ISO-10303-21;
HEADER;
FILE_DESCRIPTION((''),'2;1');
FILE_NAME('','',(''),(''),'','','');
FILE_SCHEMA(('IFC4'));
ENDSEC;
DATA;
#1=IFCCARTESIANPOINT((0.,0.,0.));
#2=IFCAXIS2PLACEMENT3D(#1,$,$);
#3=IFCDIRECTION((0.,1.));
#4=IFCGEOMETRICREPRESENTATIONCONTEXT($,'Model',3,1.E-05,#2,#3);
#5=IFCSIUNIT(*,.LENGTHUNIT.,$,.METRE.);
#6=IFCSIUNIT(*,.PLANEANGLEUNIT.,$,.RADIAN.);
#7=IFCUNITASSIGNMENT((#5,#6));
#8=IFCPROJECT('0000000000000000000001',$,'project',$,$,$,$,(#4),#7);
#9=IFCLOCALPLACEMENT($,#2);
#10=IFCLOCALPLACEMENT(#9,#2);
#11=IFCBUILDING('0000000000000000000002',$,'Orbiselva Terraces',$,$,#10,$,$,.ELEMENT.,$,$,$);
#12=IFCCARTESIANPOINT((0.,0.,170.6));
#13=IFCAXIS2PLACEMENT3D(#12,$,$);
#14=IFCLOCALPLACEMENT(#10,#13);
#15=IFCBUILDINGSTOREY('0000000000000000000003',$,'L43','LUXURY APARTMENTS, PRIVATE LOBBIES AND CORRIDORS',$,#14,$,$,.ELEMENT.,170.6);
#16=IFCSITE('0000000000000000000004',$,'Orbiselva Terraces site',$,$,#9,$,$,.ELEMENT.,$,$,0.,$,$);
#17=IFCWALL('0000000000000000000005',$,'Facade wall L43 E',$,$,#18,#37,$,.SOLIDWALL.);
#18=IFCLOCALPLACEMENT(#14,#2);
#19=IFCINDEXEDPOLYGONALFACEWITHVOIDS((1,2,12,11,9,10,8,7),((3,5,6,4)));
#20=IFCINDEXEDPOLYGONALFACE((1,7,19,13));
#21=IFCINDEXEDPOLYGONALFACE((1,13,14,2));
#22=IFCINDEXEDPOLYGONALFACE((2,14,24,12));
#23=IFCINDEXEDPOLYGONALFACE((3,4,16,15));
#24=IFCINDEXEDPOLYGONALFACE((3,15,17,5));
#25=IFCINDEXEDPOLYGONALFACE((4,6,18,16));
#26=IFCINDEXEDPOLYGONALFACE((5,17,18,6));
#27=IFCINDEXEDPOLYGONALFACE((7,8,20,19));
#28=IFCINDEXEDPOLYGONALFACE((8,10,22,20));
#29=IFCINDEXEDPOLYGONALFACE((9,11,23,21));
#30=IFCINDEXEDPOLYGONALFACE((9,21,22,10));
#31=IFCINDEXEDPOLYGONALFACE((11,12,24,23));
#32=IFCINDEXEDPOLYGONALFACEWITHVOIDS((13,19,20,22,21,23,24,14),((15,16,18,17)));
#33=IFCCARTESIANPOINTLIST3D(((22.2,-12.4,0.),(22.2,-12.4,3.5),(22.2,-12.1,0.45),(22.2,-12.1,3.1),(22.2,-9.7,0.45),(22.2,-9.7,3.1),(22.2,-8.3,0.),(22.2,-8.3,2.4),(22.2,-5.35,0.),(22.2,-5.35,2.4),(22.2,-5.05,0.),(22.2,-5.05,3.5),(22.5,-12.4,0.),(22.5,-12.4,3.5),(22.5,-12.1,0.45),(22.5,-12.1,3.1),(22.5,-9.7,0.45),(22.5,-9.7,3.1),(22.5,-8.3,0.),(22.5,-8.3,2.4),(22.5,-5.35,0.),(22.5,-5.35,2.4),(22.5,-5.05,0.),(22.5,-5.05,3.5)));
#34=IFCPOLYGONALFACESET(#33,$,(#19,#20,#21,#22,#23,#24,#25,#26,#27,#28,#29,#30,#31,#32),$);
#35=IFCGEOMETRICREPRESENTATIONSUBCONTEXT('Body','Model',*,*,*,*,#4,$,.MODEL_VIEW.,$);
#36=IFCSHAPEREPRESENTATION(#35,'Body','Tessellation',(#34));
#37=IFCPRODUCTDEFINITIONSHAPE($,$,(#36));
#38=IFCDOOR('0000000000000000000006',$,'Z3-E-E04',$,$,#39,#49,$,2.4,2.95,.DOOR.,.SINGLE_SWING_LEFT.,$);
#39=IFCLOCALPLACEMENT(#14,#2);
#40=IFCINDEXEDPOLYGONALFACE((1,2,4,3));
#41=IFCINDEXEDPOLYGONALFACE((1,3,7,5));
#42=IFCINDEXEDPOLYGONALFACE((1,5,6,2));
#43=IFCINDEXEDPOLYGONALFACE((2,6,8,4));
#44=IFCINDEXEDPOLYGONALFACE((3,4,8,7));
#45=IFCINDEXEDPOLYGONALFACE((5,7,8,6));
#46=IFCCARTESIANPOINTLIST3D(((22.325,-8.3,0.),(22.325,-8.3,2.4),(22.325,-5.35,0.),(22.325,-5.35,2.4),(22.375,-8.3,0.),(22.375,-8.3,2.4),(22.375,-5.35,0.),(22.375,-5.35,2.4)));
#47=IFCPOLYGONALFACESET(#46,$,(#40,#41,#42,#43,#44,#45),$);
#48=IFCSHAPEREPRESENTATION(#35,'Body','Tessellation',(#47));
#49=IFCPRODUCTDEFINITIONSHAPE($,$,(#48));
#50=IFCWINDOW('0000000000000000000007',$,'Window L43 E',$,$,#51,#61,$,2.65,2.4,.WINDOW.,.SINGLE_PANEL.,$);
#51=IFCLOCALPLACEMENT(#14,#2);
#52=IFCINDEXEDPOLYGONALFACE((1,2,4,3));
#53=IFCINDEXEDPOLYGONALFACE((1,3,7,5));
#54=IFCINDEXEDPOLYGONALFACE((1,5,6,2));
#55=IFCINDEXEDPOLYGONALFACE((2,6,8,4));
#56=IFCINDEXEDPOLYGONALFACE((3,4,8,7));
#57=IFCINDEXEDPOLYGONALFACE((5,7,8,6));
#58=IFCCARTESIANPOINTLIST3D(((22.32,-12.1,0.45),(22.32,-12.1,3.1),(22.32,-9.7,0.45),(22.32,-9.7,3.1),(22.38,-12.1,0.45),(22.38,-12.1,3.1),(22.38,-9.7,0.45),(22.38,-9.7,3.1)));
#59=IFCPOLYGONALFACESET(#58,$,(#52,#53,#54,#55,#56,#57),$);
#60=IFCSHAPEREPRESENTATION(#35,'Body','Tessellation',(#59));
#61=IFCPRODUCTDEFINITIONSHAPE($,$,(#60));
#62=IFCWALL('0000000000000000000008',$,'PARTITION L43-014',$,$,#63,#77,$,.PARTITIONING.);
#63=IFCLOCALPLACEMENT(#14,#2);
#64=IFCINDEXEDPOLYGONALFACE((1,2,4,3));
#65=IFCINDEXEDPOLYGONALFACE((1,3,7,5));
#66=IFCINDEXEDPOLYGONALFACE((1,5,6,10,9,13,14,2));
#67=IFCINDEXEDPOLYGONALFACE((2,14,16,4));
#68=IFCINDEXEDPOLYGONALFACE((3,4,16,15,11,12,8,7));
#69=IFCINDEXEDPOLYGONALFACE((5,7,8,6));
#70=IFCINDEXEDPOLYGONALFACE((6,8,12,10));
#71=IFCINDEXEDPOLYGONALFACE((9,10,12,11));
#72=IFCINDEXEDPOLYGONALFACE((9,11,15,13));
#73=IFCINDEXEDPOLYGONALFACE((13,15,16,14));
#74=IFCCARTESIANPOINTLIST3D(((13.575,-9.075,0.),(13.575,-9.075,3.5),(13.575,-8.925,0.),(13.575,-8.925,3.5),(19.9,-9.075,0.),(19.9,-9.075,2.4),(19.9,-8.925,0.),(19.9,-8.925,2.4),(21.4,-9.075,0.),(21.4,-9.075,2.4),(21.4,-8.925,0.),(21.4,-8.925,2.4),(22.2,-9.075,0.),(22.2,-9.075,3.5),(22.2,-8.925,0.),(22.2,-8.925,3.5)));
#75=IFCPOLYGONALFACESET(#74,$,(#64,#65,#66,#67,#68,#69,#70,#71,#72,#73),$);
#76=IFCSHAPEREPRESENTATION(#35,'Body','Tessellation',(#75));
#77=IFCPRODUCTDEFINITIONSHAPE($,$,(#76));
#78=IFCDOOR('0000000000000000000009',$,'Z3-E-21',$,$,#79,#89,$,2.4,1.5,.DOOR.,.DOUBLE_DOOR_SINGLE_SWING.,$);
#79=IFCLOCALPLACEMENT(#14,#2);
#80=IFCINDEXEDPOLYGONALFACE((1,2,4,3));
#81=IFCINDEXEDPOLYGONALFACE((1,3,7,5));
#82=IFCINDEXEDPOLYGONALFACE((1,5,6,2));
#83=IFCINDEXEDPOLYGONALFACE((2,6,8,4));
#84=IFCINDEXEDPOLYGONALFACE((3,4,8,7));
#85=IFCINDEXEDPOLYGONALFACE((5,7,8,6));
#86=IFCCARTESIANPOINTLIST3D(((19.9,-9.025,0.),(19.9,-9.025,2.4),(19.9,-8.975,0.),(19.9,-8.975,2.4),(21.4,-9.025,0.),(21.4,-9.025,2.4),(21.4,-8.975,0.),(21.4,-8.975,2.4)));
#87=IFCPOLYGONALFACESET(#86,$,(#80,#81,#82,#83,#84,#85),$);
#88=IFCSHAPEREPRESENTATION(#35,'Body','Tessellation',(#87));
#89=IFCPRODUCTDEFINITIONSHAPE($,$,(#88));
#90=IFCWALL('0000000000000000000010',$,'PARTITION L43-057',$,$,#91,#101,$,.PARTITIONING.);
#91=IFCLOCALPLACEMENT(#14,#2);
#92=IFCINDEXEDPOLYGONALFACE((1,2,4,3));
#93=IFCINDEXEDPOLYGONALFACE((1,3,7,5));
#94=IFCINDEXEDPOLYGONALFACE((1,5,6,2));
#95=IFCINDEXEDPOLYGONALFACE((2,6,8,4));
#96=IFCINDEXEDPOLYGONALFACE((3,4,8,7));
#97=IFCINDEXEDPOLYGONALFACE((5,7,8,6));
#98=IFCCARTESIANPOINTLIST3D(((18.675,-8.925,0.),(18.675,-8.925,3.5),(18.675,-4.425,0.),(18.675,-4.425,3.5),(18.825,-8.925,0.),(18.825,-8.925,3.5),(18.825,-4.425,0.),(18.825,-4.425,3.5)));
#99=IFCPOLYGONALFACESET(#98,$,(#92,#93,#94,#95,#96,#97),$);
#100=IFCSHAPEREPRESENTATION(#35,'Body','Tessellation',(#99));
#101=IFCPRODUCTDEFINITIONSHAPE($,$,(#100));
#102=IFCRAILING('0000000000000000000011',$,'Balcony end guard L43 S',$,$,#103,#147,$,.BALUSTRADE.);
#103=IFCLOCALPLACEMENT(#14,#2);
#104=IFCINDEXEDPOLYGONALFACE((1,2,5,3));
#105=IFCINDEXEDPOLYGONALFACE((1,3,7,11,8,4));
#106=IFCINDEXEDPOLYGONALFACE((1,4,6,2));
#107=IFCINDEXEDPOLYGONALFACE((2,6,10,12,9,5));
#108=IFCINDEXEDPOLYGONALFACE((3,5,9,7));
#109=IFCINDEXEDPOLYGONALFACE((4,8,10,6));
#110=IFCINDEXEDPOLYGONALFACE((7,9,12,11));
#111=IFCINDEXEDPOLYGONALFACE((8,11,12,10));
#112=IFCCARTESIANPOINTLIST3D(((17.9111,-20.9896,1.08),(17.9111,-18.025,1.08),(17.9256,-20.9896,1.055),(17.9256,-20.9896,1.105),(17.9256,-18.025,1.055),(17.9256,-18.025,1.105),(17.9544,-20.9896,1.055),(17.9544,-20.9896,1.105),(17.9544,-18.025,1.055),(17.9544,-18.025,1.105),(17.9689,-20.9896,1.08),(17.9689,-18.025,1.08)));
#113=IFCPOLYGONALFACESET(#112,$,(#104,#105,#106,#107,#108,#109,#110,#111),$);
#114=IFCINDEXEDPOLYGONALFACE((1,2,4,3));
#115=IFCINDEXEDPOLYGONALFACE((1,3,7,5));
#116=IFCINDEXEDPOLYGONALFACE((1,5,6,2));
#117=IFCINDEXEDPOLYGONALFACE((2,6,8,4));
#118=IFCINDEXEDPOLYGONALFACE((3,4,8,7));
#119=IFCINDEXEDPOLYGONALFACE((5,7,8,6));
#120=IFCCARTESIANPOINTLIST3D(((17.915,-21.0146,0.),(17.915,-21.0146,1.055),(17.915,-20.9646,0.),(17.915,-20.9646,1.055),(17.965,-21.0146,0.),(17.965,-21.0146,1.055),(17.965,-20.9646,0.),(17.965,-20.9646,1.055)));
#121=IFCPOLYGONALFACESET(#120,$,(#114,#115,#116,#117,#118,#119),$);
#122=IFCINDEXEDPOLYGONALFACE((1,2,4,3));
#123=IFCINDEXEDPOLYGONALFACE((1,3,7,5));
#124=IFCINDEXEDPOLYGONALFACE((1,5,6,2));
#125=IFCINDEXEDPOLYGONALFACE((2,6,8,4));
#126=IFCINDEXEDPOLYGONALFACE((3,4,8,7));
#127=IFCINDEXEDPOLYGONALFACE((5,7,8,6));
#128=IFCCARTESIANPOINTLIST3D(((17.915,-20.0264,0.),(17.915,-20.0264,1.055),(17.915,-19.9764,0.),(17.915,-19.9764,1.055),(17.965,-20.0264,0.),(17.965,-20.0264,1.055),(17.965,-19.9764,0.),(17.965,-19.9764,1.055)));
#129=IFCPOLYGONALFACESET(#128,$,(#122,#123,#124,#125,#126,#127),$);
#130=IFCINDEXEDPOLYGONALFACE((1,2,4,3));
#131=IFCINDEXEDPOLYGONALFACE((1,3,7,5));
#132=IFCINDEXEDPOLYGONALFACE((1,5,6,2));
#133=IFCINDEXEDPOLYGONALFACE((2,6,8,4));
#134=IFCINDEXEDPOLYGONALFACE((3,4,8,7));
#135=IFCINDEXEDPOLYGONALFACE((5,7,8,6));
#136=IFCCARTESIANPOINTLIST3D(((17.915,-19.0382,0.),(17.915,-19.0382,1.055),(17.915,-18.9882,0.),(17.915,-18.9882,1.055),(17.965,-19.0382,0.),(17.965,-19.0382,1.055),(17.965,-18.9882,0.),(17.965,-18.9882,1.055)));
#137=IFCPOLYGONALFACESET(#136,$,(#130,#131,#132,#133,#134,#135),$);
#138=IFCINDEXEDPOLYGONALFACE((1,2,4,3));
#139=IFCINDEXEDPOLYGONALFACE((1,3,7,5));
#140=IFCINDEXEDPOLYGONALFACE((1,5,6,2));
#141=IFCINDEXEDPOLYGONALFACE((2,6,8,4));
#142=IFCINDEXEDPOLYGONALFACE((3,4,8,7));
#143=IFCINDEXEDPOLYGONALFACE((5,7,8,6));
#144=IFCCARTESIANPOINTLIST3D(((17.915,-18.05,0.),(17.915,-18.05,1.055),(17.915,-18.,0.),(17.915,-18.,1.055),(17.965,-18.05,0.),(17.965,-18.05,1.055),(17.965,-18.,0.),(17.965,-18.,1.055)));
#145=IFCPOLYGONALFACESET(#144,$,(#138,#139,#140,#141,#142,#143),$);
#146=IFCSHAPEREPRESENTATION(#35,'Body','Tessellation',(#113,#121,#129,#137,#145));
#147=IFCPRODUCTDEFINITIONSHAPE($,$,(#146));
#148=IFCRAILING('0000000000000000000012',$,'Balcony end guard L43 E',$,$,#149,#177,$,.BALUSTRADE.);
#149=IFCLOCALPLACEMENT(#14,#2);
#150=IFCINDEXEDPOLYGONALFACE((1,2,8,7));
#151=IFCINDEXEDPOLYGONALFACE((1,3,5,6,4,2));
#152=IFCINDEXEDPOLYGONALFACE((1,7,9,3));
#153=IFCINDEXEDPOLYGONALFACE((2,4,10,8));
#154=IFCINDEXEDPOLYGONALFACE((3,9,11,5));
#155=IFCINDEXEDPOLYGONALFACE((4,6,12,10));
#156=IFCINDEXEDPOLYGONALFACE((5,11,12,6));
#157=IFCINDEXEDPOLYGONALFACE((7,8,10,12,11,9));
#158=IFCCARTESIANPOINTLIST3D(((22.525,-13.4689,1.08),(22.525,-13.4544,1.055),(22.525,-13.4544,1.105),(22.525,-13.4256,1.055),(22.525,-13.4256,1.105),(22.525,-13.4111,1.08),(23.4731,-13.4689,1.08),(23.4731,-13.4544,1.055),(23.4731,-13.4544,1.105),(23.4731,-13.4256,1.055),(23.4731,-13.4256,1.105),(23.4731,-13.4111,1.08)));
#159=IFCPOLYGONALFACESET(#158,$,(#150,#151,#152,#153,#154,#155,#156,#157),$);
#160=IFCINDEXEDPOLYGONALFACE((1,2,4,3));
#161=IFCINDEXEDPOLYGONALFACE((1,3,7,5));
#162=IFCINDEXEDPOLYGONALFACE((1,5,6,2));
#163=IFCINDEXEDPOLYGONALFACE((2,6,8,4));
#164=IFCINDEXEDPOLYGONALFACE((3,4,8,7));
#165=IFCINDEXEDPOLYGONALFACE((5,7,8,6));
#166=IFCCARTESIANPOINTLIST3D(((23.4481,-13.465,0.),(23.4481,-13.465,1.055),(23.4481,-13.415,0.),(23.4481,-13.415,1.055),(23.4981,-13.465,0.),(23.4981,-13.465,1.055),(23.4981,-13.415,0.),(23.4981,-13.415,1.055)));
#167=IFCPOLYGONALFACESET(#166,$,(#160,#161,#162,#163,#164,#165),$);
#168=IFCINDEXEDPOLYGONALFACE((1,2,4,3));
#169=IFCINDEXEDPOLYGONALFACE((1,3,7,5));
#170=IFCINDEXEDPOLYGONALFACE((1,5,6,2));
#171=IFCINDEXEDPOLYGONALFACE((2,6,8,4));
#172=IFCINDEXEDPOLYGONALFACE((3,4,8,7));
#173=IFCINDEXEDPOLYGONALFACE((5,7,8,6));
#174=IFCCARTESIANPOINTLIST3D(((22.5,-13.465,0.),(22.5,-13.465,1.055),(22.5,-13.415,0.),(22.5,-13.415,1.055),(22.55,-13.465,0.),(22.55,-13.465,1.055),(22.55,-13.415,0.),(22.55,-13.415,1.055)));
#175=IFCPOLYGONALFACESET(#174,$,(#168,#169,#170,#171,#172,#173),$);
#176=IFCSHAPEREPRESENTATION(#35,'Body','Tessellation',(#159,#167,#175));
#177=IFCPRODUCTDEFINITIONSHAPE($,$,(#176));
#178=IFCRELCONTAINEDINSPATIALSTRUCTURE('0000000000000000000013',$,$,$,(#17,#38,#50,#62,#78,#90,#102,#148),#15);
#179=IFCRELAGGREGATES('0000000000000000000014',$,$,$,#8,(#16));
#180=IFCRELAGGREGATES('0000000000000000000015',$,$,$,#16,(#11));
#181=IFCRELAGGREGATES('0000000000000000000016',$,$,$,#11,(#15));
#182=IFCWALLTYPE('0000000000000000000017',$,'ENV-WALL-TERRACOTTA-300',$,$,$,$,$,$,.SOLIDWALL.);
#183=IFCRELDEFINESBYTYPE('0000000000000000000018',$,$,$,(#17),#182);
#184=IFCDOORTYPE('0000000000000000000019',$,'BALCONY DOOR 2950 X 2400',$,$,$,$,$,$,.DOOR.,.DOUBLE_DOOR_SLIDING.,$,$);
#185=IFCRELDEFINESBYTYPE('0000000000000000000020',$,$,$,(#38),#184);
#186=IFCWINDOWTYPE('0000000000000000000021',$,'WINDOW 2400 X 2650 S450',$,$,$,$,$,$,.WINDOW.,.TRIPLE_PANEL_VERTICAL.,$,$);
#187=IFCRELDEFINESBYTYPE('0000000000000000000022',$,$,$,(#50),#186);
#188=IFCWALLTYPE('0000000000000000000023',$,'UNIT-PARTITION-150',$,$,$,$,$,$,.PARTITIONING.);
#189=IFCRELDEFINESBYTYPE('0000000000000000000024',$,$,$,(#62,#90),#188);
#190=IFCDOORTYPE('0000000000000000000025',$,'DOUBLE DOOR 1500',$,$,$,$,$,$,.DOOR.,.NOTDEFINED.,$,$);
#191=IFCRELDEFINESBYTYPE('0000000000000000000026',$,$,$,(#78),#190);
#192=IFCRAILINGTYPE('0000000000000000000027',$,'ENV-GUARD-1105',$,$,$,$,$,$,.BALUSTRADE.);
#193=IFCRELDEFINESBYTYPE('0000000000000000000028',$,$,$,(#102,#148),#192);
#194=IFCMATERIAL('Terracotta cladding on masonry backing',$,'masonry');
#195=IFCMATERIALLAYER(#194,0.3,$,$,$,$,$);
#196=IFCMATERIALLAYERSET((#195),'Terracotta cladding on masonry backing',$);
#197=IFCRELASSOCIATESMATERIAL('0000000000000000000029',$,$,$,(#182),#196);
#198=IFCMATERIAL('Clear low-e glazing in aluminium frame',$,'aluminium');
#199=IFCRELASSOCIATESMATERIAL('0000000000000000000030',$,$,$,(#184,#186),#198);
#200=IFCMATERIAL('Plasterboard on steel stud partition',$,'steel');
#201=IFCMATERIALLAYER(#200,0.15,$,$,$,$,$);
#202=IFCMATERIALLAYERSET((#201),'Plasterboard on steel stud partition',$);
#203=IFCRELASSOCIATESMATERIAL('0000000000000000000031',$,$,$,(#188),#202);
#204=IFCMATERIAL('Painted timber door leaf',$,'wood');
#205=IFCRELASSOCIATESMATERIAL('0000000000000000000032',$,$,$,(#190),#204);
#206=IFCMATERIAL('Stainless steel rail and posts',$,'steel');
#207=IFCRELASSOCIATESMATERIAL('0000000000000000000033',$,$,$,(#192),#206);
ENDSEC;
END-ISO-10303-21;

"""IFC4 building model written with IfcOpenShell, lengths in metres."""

from ifc_helpers import new_model, si_unit, direction, frame, frame_2d, origin, origin_2d, place, context, subcontext, project, spatial, polyline, rectangle, outline, extrude, material, layer, layer_set, type_object, element, fill, save


model = new_model("IFC4")

# Units and contexts
model_context = context("Model", 3, precision=1e-05, world=origin(), true_north=direction((0.0, 1.0)))
body_context = subcontext(model_context, "Body", "Model", "MODEL_VIEW")
ifc_project = project(units=[si_unit("LENGTHUNIT", "METRE"), si_unit("PLANEANGLEUNIT", "RADIAN")], contexts=[model_context])

# Site, building, storey
site_placement = place(None, origin())
site = spatial("IfcSite", under=ifc_project, at=site_placement, Name="Orbiselva Terraces site", CompositionType="ELEMENT", RefElevation=0.0)
building_placement = place(site_placement, origin())
building = spatial("IfcBuilding", under=site, at=building_placement, Name="Orbiselva Terraces", CompositionType="ELEMENT")
storey_placement = place(building_placement, frame((0.0, 0.0, 170.6)))
storey = spatial("IfcBuildingStorey", under=building, at=storey_placement, Name="L43", Description="LUXURY APARTMENTS, PRIVATE LOBBIES AND CORRIDORS", CompositionType="ELEMENT", Elevation=170.6)

# Shared definitions
ifc_material_1 = material(Name="Terracotta cladding on masonry backing", Category="masonry")
ifc_layer_1 = layer(ifc_material_1, 0.3)
ifc_layer_set_1 = layer_set([ifc_layer_1], Name="Terracotta cladding on masonry backing")
wall_type_1 = type_object("IfcWallType", Name="ENV-WALL-TERRACOTTA-300", PredefinedType="SOLIDWALL", material=ifc_layer_set_1)
ifc_material_2 = material(Name="Clear low-e glazing in aluminium frame", Category="aluminium")

# Wall, openings, door, window
wall_1_placement = place(storey_placement, frame((22.35, -5.05, 0.0), z_axis=(0.0, 0.0, 1.0), x_axis=(0.0, -1.0, 0.0)))
wall_1 = element("IfcWall", 1, at=wall_1_placement, inside=storey, type_object=wall_type_1, Name="Facade wall L43 E", PredefinedType="SOLIDWALL", context=body_context, shape_type="SweptSolid", body=[
    extrude(rectangle(XDim=7.35, YDim=0.3, at=frame_2d((3.675, 0.0))), origin(), (0.0, 0.0, 1.0), 3.5),
])
opening_1_placement = place(wall_1_placement, frame((4.65, 0.0, 0.45)))
opening_1 = element("IfcOpeningElement", 2, at=opening_1_placement, cuts=wall_1, PredefinedType="OPENING", context=body_context, shape_type="SweptSolid", body=[
    extrude(rectangle(XDim=2.4, YDim=2.65, at=frame_2d((1.2, 1.325))), frame((0.0, 0.16, 0.0), z_axis=(0.0, -1.0, 0.0), x_axis=(1.0, 0.0, 0.0)), (0.0, 0.0, 1.0), 0.32),
])
opening_2_placement = place(wall_1_placement, frame((0.3, 0.0, 0.0)))
opening_2 = element("IfcOpeningElement", 3, at=opening_2_placement, cuts=wall_1, PredefinedType="OPENING", context=body_context, shape_type="SweptSolid", body=[
    extrude(rectangle(XDim=2.95, YDim=2.4, at=frame_2d((1.475, 1.2))), frame((0.0, 0.16, 0.0), z_axis=(0.0, -1.0, 0.0), x_axis=(1.0, 0.0, 0.0)), (0.0, 0.0, 1.0), 0.32),
])
door_type_1 = type_object("IfcDoorType", Name="BALCONY DOOR 2950 X 2400", OperationType="DOUBLE_DOOR_SLIDING", PredefinedType="DOOR", material=ifc_material_2)
door_1_placement = place(opening_2_placement, origin())
door_1 = element("IfcDoor", 4, at=door_1_placement, inside=storey, type_object=door_type_1, Name="Z3-E-E04", OperationType="SINGLE_SWING_LEFT", OverallHeight=2.4, OverallWidth=2.95, PredefinedType="DOOR", context=body_context, shape_type="SweptSolid", body=[
    extrude(rectangle(XDim=2.95, YDim=2.4, at=frame_2d((1.475, 1.2))), frame((0.0, 0.025, 0.0), z_axis=(0.0, -1.0, 0.0), x_axis=(1.0, 0.0, 0.0)), (0.0, 0.0, 1.0), 0.05),
])
fill(opening_2, door_1)
window_type_1 = type_object("IfcWindowType", Name="WINDOW 2400 X 2650 S450", PartitioningType="TRIPLE_PANEL_VERTICAL", PredefinedType="WINDOW", material=ifc_material_2)
window_1_placement = place(opening_1_placement, origin())
window_1 = element("IfcWindow", 5, at=window_1_placement, inside=storey, type_object=window_type_1, Name="Window L43 E", OverallHeight=2.65, OverallWidth=2.4, PartitioningType="SINGLE_PANEL", PredefinedType="WINDOW", context=body_context, shape_type="SweptSolid", body=[
    extrude(rectangle(XDim=2.4, YDim=2.65, at=frame_2d((1.2, 1.325))), frame((0.0, 0.03, 0.0), z_axis=(0.0, -1.0, 0.0), x_axis=(1.0, 0.0, 0.0)), (0.0, 0.0, 1.0), 0.06),
])
fill(opening_1, window_1)

# Wall, opening, door
ifc_material_3 = material(Name="Plasterboard on steel stud partition", Category="steel")
ifc_layer_2 = layer(ifc_material_3, 0.15)
ifc_layer_set_2 = layer_set([ifc_layer_2], Name="Plasterboard on steel stud partition")
wall_type_2 = type_object("IfcWallType", Name="UNIT-PARTITION-150", PredefinedType="PARTITIONING", material=ifc_layer_set_2)
wall_2_placement = place(storey_placement, frame((22.2, -9.0, 0.0), z_axis=(0.0, 0.0, 1.0), x_axis=(-1.0, 0.0, 0.0)))
wall_2 = element("IfcWall", 6, at=wall_2_placement, inside=storey, type_object=wall_type_2, Name="PARTITION L43-014", PredefinedType="PARTITIONING", context=body_context, shape_type="SweptSolid", body=[
    extrude(rectangle(XDim=8.625, YDim=0.15, at=frame_2d((4.3125, 0.0))), origin(), (0.0, 0.0, 1.0), 3.5),
])
opening_3_placement = place(wall_2_placement, frame((0.8, 0.0, 0.0)))
opening_3 = element("IfcOpeningElement", 7, at=opening_3_placement, cuts=wall_2, PredefinedType="OPENING", context=body_context, shape_type="SweptSolid", body=[
    extrude(rectangle(XDim=1.5, YDim=2.4, at=frame_2d((0.75, 1.2))), frame((0.0, 0.085, 0.0), z_axis=(0.0, -1.0, 0.0), x_axis=(1.0, 0.0, 0.0)), (0.0, 0.0, 1.0), 0.17),
])
ifc_material_4 = material(Name="Painted timber door leaf", Category="wood")
door_type_2 = type_object("IfcDoorType", Name="DOUBLE DOOR 1500", OperationType="NOTDEFINED", PredefinedType="DOOR", material=ifc_material_4)
door_2_placement = place(opening_3_placement, origin())
door_2 = element("IfcDoor", 8, at=door_2_placement, inside=storey, type_object=door_type_2, Name="Z3-E-21", OperationType="DOUBLE_DOOR_SINGLE_SWING", OverallHeight=2.4, OverallWidth=1.5, PredefinedType="DOOR", context=body_context, shape_type="SweptSolid", body=[
    extrude(rectangle(XDim=1.5, YDim=2.4, at=frame_2d((0.75, 1.2))), frame((0.0, 0.025, 0.0), z_axis=(0.0, -1.0, 0.0), x_axis=(1.0, 0.0, 0.0)), (0.0, 0.0, 1.0), 0.05),
])
fill(opening_3, door_2)

# Wall
wall_3_placement = place(storey_placement, frame((18.75, -8.925, 0.0), z_axis=(0.0, 0.0, 1.0), x_axis=(0.0, 1.0, 0.0)))
element("IfcWall", 9, at=wall_3_placement, inside=storey, type_object=wall_type_2, Name="PARTITION L43-057", PredefinedType="PARTITIONING", context=body_context, shape_type="SweptSolid", body=[
    extrude(rectangle(XDim=4.5, YDim=0.15, at=frame_2d((2.25, 0.0))), origin(), (0.0, 0.0, 1.0), 3.5),
])

# Railings
ifc_material_5 = material(Name="Stainless steel rail and posts", Category="steel")
railing_type_1 = type_object("IfcRailingType", Name="ENV-GUARD-1105", PredefinedType="BALUSTRADE", material=ifc_material_5)
railing_1_placement = place(storey_placement, frame((17.94, -20.9896, 0.0)))
element("IfcRailing", 10, at=railing_1_placement, inside=storey, type_object=railing_type_1, Name="Balcony end guard L43 S", PredefinedType="BALUSTRADE", context=body_context, shape_type="SweptSolid", body=[
    extrude(outline(polyline([(0.0289, 0.0), (0.0144, 0.025), (-0.0144, 0.025), (-0.0289, 0.0), (-0.0144, -0.025), (0.0144, -0.025), (0.0289, 0.0)])), frame((0.0, 0.0, 1.08), z_axis=(0.0, 1.0, 0.0), x_axis=(-1.0, 0.0, 0.0)), (0.0, 0.0, 1.0), 2.9646),
    extrude(rectangle(XDim=0.05, YDim=0.05, at=origin_2d()), origin(), (0.0, 0.0, 1.0), 1.055),
    extrude(rectangle(XDim=0.05, YDim=0.05, at=origin_2d()), frame((0.0, 0.9882, 0.0)), (0.0, 0.0, 1.0), 1.055),
    extrude(rectangle(XDim=0.05, YDim=0.05, at=origin_2d()), frame((0.0, 1.9764, 0.0)), (0.0, 0.0, 1.0), 1.055),
    extrude(rectangle(XDim=0.05, YDim=0.05, at=origin_2d()), frame((0.0, 2.9646, 0.0)), (0.0, 0.0, 1.0), 1.055),
])
railing_2_placement = place(storey_placement, frame((23.4731, -13.44, 0.0)))
element("IfcRailing", 11, at=railing_2_placement, inside=storey, type_object=railing_type_1, Name="Balcony end guard L43 E", PredefinedType="BALUSTRADE", context=body_context, shape_type="SweptSolid", body=[
    extrude(outline(polyline([(0.0289, 0.0), (0.0144, 0.025), (-0.0144, 0.025), (-0.0289, 0.0), (-0.0144, -0.025), (0.0144, -0.025), (0.0289, 0.0)])), frame((0.0, 0.0, 1.08), z_axis=(-1.0, 0.0, 0.0), x_axis=(0.0, -1.0, 0.0)), (0.0, 0.0, 1.0), 0.9481),
    extrude(rectangle(XDim=0.05, YDim=0.05, at=origin_2d()), origin(), (0.0, 0.0, 1.0), 1.055),
    extrude(rectangle(XDim=0.05, YDim=0.05, at=origin_2d()), frame((-0.9481, 0.0, 0.0)), (0.0, 0.0, 1.0), 1.055),
])

save(model, "model.ifc")
